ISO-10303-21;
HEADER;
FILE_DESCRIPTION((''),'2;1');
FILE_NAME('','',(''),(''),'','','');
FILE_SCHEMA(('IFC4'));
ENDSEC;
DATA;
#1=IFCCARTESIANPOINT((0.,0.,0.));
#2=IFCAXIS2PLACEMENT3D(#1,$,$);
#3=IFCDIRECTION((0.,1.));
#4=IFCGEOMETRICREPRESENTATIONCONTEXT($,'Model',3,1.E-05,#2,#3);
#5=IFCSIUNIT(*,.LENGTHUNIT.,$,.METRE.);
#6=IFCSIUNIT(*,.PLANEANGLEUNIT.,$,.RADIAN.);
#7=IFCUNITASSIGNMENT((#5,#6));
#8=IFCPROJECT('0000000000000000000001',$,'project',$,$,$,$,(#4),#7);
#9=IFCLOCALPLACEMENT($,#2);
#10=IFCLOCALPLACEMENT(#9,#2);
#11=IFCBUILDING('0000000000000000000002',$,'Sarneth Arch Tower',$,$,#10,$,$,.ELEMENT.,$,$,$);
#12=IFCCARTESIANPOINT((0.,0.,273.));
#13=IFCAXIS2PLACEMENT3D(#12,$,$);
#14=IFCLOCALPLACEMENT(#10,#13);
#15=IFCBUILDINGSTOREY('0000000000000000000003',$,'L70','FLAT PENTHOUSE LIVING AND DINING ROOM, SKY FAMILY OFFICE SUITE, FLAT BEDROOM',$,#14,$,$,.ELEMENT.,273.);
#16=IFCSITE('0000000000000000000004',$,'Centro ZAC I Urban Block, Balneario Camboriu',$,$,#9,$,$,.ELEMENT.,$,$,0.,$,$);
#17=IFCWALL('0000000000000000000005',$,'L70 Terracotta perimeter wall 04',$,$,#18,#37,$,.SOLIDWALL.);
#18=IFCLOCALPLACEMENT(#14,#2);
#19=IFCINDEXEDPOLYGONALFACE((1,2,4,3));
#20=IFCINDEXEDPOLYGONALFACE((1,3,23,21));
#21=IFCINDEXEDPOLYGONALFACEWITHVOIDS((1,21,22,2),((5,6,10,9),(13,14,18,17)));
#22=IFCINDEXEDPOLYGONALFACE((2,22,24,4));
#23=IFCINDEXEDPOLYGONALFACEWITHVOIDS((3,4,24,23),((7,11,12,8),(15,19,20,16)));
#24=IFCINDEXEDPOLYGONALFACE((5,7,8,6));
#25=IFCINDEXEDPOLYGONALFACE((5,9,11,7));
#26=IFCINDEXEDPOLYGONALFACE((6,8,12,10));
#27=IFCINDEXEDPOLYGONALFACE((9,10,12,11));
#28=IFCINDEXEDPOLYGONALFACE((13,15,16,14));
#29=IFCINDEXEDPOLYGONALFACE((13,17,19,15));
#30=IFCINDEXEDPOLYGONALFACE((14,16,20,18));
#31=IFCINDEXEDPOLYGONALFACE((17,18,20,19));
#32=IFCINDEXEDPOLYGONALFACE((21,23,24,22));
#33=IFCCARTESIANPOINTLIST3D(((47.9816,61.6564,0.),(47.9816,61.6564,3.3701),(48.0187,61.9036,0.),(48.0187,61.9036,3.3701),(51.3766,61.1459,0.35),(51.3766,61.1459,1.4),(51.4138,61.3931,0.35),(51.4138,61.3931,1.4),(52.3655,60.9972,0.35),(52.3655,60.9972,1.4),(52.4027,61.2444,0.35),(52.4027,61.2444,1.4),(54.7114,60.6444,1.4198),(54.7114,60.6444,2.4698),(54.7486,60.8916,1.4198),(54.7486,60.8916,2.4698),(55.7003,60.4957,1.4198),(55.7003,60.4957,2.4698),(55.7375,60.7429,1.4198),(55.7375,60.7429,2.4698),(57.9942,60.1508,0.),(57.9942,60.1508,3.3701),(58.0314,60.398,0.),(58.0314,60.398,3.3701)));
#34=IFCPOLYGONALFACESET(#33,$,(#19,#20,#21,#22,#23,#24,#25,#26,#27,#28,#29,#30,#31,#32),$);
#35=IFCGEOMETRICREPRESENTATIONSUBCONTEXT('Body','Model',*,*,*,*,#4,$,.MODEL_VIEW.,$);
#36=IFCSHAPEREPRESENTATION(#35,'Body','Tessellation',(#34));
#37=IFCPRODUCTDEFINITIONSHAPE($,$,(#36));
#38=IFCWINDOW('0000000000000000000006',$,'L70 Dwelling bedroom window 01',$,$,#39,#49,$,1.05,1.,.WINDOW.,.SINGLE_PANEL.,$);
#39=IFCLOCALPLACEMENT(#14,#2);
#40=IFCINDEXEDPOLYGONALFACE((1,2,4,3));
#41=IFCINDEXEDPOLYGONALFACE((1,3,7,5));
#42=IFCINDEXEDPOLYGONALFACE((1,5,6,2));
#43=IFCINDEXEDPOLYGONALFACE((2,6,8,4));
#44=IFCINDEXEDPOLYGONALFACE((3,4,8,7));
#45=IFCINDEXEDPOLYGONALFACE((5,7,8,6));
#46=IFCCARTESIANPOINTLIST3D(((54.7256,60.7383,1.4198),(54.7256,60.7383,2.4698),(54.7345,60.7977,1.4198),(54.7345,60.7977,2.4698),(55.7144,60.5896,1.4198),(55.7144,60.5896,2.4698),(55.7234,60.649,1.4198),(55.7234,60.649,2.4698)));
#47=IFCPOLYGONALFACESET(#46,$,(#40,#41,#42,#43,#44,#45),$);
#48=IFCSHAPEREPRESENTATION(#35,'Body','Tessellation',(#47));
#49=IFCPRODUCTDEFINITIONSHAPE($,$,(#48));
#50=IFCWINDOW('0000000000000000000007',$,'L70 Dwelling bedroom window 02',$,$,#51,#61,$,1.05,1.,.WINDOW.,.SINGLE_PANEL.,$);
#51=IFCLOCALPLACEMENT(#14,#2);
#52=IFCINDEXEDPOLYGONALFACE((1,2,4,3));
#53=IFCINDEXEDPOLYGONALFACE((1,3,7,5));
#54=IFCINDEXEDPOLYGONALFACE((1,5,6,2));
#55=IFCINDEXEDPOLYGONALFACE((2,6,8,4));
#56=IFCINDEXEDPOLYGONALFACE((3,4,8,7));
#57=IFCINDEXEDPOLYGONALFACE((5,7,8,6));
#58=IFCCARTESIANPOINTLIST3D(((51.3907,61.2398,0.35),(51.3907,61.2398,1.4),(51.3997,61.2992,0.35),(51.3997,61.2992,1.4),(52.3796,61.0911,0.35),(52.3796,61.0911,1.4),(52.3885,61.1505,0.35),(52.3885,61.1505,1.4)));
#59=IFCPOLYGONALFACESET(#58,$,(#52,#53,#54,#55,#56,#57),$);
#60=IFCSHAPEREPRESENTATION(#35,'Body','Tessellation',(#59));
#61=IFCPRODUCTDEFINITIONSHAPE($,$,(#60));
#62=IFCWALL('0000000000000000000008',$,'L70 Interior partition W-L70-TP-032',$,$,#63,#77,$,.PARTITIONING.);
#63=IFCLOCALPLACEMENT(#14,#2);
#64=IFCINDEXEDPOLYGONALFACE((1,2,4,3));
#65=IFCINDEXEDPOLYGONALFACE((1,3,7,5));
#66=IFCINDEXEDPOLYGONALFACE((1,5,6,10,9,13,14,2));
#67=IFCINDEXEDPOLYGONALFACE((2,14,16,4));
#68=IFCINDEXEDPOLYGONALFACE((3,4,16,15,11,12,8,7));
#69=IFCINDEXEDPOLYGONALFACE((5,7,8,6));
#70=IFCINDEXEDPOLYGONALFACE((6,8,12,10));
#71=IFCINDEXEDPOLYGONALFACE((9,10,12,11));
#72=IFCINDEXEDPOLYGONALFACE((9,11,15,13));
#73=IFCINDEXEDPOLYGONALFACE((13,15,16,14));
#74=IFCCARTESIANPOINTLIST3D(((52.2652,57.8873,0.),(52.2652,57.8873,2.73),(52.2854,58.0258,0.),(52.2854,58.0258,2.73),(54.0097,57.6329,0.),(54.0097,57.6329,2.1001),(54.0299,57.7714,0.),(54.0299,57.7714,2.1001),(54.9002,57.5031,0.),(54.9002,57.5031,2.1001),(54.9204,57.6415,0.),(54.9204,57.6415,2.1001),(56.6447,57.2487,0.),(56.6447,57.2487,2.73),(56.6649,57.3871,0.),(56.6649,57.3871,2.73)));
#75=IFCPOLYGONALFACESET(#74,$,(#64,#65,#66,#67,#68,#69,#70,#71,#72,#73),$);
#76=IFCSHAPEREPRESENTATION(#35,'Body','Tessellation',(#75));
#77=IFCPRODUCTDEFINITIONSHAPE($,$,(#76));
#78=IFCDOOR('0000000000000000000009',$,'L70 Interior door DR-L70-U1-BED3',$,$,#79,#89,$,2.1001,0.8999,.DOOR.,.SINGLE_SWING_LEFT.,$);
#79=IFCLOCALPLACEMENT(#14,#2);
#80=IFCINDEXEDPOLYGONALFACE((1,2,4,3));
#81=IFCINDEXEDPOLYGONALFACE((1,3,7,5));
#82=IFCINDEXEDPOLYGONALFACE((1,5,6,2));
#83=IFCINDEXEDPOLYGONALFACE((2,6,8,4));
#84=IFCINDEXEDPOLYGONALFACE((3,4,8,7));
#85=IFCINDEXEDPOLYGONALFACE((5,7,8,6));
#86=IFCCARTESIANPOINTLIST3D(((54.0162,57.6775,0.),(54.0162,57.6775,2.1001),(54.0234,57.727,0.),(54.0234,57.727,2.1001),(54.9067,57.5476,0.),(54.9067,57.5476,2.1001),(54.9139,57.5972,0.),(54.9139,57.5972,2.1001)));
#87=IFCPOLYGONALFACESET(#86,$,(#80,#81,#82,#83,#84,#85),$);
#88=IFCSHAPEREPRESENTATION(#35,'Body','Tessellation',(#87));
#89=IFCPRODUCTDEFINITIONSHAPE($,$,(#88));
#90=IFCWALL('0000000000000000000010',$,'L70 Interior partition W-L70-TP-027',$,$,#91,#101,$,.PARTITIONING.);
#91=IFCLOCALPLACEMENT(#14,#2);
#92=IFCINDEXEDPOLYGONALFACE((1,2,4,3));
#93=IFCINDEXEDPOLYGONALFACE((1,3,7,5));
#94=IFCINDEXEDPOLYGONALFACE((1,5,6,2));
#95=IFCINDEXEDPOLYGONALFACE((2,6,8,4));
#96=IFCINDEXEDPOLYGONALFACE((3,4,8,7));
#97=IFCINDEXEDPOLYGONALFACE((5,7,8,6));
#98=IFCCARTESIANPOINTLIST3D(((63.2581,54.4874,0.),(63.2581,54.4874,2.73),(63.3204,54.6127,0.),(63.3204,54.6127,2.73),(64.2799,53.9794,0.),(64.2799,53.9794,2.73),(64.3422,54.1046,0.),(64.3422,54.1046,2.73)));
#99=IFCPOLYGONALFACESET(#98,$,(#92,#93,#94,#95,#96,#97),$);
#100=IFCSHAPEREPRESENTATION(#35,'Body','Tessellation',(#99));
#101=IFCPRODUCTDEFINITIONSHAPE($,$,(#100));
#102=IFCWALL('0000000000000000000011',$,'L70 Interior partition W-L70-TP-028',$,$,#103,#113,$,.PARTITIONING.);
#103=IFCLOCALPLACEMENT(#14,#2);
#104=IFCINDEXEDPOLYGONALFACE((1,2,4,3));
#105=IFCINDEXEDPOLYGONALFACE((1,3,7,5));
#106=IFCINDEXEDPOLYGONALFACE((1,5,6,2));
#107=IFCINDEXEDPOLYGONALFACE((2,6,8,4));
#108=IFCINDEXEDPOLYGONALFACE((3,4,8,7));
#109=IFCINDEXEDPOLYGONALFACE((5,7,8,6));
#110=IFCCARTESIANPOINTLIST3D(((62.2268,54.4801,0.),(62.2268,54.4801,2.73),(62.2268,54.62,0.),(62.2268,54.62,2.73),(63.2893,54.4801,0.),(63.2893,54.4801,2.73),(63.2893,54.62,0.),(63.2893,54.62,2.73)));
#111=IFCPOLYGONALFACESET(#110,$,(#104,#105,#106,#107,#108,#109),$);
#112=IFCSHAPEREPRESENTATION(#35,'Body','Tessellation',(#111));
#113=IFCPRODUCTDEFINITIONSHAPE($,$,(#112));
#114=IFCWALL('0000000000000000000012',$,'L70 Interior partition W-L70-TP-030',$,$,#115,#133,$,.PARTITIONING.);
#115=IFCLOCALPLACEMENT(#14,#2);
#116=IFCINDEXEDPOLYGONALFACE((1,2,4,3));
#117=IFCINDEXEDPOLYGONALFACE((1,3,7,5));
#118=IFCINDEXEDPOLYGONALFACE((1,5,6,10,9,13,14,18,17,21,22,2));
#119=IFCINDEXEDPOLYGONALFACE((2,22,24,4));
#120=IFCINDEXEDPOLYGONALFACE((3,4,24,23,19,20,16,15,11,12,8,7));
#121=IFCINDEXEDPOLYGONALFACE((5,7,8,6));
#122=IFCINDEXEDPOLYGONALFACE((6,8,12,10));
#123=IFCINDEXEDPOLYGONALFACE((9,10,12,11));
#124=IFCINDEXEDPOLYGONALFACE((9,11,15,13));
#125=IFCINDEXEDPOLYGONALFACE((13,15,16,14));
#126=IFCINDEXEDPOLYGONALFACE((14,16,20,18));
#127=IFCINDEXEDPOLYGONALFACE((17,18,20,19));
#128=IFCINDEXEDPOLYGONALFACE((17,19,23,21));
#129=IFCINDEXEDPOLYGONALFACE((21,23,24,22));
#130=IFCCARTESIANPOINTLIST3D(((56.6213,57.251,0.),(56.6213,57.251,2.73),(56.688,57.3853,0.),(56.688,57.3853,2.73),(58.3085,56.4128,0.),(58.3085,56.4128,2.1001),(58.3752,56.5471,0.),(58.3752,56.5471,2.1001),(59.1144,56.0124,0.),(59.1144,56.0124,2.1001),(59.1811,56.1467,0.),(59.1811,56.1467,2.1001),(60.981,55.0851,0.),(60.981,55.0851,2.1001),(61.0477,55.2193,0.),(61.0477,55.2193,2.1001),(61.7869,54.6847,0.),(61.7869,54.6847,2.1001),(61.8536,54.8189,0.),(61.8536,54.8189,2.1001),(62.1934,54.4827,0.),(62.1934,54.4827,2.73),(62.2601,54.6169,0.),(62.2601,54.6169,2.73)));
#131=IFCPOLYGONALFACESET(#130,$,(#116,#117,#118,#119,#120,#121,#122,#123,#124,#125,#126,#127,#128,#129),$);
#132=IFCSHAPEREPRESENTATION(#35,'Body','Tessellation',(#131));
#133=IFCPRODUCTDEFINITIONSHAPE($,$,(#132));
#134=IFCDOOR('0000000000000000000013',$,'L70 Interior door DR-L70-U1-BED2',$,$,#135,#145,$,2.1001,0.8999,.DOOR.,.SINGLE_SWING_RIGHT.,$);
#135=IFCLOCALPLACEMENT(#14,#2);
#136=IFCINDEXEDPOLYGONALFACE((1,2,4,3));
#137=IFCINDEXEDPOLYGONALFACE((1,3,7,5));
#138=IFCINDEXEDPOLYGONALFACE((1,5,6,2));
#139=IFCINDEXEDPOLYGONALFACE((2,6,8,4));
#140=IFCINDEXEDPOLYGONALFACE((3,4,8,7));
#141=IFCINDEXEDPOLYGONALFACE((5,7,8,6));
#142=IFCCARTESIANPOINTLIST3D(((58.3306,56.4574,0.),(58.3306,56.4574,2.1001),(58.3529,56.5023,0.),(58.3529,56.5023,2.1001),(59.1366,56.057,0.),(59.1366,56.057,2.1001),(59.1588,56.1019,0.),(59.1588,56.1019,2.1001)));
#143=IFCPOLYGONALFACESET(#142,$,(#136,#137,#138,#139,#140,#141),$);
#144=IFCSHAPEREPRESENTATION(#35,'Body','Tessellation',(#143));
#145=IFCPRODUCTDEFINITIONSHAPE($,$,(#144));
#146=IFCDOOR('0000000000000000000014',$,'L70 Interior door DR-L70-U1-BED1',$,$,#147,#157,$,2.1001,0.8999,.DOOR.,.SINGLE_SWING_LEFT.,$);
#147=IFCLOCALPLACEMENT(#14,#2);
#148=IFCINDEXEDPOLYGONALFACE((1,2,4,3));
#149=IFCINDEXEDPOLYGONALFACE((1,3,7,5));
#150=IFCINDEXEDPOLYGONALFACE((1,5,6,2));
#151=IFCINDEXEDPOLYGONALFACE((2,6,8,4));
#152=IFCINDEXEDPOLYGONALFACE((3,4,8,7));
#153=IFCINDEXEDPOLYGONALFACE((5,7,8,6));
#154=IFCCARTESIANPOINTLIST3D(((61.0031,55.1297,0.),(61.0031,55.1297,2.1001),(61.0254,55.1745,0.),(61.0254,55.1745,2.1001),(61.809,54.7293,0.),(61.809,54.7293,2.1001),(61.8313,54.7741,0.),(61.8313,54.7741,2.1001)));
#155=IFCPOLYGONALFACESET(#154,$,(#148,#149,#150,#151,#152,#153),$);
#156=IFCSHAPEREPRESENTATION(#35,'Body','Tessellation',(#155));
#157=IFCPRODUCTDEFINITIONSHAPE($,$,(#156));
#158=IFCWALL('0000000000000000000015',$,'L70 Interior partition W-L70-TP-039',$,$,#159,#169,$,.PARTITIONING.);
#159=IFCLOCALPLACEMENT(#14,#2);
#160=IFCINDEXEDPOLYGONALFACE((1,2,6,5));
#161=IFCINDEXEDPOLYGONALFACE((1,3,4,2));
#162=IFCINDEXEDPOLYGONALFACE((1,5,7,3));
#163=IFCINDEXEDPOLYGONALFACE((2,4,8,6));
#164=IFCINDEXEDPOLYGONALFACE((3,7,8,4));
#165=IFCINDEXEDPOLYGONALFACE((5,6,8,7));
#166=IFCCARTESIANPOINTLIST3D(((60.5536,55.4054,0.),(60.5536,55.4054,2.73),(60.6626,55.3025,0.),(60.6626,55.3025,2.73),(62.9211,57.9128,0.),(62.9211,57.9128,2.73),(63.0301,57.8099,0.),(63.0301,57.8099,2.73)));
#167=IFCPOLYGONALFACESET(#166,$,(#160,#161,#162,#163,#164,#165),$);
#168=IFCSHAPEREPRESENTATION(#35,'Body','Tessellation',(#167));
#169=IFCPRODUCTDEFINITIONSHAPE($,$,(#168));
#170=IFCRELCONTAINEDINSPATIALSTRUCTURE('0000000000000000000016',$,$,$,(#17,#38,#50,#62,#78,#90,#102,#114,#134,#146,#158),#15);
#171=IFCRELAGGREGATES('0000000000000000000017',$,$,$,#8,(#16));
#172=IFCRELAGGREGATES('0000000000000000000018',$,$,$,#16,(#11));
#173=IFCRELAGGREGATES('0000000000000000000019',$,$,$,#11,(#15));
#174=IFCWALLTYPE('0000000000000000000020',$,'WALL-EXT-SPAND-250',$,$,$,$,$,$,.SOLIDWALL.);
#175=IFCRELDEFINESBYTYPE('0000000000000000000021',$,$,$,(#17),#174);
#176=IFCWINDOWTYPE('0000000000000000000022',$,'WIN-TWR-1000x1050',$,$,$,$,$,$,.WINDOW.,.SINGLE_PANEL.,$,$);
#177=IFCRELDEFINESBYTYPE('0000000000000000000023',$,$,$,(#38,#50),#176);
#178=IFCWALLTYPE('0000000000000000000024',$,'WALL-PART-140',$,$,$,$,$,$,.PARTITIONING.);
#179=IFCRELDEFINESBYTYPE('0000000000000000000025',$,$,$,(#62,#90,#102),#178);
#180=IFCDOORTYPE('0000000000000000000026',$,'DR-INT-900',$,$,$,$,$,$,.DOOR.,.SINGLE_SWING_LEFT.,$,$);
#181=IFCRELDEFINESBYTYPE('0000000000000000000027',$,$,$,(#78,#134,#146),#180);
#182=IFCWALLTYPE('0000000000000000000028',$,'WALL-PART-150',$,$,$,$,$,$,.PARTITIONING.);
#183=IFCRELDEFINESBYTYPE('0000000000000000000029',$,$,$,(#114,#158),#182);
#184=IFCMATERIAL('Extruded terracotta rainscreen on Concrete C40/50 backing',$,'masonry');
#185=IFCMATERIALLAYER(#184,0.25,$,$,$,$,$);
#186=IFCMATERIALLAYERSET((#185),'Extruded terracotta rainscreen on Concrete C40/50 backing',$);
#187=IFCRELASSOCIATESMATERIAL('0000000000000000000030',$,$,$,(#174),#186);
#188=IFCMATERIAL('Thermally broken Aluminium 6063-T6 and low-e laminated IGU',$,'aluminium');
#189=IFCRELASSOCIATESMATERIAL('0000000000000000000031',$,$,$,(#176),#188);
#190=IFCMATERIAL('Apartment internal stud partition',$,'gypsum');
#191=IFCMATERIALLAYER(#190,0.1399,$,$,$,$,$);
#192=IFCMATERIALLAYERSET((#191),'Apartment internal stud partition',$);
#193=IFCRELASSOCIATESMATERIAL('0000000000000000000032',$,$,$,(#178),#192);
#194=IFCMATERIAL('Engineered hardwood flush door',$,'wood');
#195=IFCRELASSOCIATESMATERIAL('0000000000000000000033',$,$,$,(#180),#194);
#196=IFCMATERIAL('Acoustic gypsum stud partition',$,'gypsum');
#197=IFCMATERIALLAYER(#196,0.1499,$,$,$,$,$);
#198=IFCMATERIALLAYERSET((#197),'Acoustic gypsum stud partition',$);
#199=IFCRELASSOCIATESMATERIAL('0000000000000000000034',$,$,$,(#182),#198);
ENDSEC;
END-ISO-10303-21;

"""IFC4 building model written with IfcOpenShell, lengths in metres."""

from ifc_helpers import new_model, si_unit, direction, frame, frame_2d, origin, place, context, subcontext, project, spatial, rectangle, extrude, material, layer, layer_set, type_object, element, fill, save


model = new_model("IFC4")

# Units and contexts
model_context = context("Model", 3, precision=1e-05, world=origin(), true_north=direction((0.0, 1.0)))
body_context = subcontext(model_context, "Body", "Model", "MODEL_VIEW")
ifc_project = project(units=[si_unit("LENGTHUNIT", "METRE"), si_unit("PLANEANGLEUNIT", "RADIAN")], contexts=[model_context])

# Site, building, storey
site_placement = place(None, origin())
site = spatial("IfcSite", under=ifc_project, at=site_placement, Name="Centro ZAC I Urban Block, Balneario Camboriu", CompositionType="ELEMENT", RefElevation=0.0)
building_placement = place(site_placement, origin())
building = spatial("IfcBuilding", under=site, at=building_placement, Name="Sarneth Arch Tower", CompositionType="ELEMENT")
storey_placement = place(building_placement, frame((0.0, 0.0, 273.0)))
storey = spatial("IfcBuildingStorey", under=building, at=storey_placement, Name="L70", Description="FLAT PENTHOUSE LIVING AND DINING ROOM, SKY FAMILY OFFICE SUITE, FLAT BEDROOM", CompositionType="ELEMENT", Elevation=273.0)

# Wall, openings, windows
ifc_material_1 = material(Name="Extruded terracotta rainscreen on Concrete C40/50 backing", Category="masonry")
ifc_layer_1 = layer(ifc_material_1, 0.25)
ifc_layer_set_1 = layer_set([ifc_layer_1], Name="Extruded terracotta rainscreen on Concrete C40/50 backing")
wall_type_1 = type_object("IfcWallType", Name="WALL-EXT-SPAND-250", PredefinedType="SOLIDWALL", material=ifc_layer_set_1)
wall_1_placement = place(storey_placement, frame((58.0127, 60.2744, 0.0), z_axis=(0.0, 0.0, 1.0), x_axis=(-0.988883, 0.148699, 0.0)))
wall_1 = element("IfcWall", 1, at=wall_1_placement, inside=storey, type_object=wall_type_1, Name="L70 Terracotta perimeter wall 04", PredefinedType="SOLIDWALL", context=body_context, shape_type="SweptSolid", body=[
    extrude(rectangle(XDim=10.1252, YDim=0.25, at=frame_2d((5.0625, 0.0))), origin(), (0.0, 0.0, 1.0), 3.3701),
])
opening_1_placement = place(wall_1_placement, frame((2.3196, 0.0, 1.4199)))
opening_1 = element("IfcOpeningElement", 2, at=opening_1_placement, cuts=wall_1, PredefinedType="OPENING", context=body_context, shape_type="SweptSolid", body=[
    extrude(rectangle(XDim=1.0, YDim=1.05, at=frame_2d((0.5, 0.5249))), frame((0.0, 0.135, 0.0), z_axis=(0.0, -1.0, 0.0), x_axis=(1.0, 0.0, 0.0)), (0.0, 0.0, 1.0), 0.27),
])
opening_2_placement = place(wall_1_placement, frame((5.6919, 0.0, 0.3501)))
opening_2 = element("IfcOpeningElement", 3, at=opening_2_placement, cuts=wall_1, PredefinedType="OPENING", context=body_context, shape_type="SweptSolid", body=[
    extrude(rectangle(XDim=1.0, YDim=1.05, at=frame_2d((0.5, 0.5249))), frame((0.0, 0.135, 0.0), z_axis=(0.0, -1.0, 0.0), x_axis=(1.0, 0.0, 0.0)), (0.0, 0.0, 1.0), 0.27),
])
ifc_material_2 = material(Name="Thermally broken Aluminium 6063-T6 and low-e laminated IGU", Category="aluminium")
window_type = type_object("IfcWindowType", Name="WIN-TWR-1000x1050", PartitioningType="SINGLE_PANEL", PredefinedType="WINDOW", material=ifc_material_2)
window_1_placement = place(opening_1_placement, origin())
window_1 = element("IfcWindow", 4, at=window_1_placement, inside=storey, type_object=window_type, Name="L70 Dwelling bedroom window 01", OverallHeight=1.05, OverallWidth=1.0, PartitioningType="SINGLE_PANEL", PredefinedType="WINDOW", context=body_context, shape_type="SweptSolid", body=[
    extrude(rectangle(XDim=1.0, YDim=1.05, at=frame_2d((0.5, 0.5249))), frame((0.0, 0.03, 0.0), z_axis=(0.0, -1.0, 0.0), x_axis=(1.0, 0.0, 0.0)), (0.0, 0.0, 1.0), 0.0601),
])
fill(opening_1, window_1)
window_2_placement = place(opening_2_placement, origin())
window_2 = element("IfcWindow", 5, at=window_2_placement, inside=storey, type_object=window_type, Name="L70 Dwelling bedroom window 02", OverallHeight=1.05, OverallWidth=1.0, PartitioningType="SINGLE_PANEL", PredefinedType="WINDOW", context=body_context, shape_type="SweptSolid", body=[
    extrude(rectangle(XDim=1.0, YDim=1.05, at=frame_2d((0.5, 0.5249))), frame((0.0, 0.03, 0.0), z_axis=(0.0, -1.0, 0.0), x_axis=(1.0, 0.0, 0.0)), (0.0, 0.0, 1.0), 0.0601),
])
fill(opening_2, window_2)

# Wall, opening, door
ifc_material_3 = material(Name="Apartment internal stud partition", Category="gypsum")
ifc_layer_2 = layer(ifc_material_3, 0.1399)
ifc_layer_set_2 = layer_set([ifc_layer_2], Name="Apartment internal stud partition")
wall_type_2 = type_object("IfcWallType", Name="WALL-PART-140", PredefinedType="PARTITIONING", material=ifc_layer_set_2)
wall_2_placement = place(storey_placement, frame((56.6548, 57.3179, 0.0), z_axis=(0.0, 0.0, 1.0), x_axis=(-0.989533, 0.144309, 0.0)))
wall_2 = element("IfcWall", 6, at=wall_2_placement, inside=storey, type_object=wall_type_2, Name="L70 Interior partition W-L70-TP-032", PredefinedType="PARTITIONING", context=body_context, shape_type="SweptSolid", body=[
    extrude(rectangle(XDim=4.4258, YDim=0.1399, at=frame_2d((2.2129, 0.0))), origin(), (0.0, 0.0, 1.0), 2.73),
])
opening_3_placement = place(wall_2_placement, frame((1.7629, 0.0, 0.0)))
opening_3 = element("IfcOpeningElement", 7, at=opening_3_placement, cuts=wall_2, PredefinedType="OPENING", context=body_context, shape_type="SweptSolid", body=[
    extrude(rectangle(XDim=0.8999, YDim=2.1001, at=frame_2d((0.45, 1.05))), frame((0.0, 0.0798, 0.0), z_axis=(0.0, -1.0, 0.0), x_axis=(1.0, 0.0, 0.0)), (0.0, 0.0, 1.0), 0.1599),
])
ifc_material_4 = material(Name="Engineered hardwood flush door", Category="wood")
door_type_1 = type_object("IfcDoorType", Name="DR-INT-900", OperationType="SINGLE_SWING_LEFT", PredefinedType="DOOR", material=ifc_material_4)
door_1_placement = place(opening_3_placement, origin())
door_1 = element("IfcDoor", 8, at=door_1_placement, inside=storey, type_object=door_type_1, Name="L70 Interior door DR-L70-U1-BED3", OperationType="SINGLE_SWING_LEFT", OverallHeight=2.1001, OverallWidth=0.8999, PredefinedType="DOOR", context=body_context, shape_type="SweptSolid", body=[
    extrude(rectangle(XDim=0.8999, YDim=2.1001, at=frame_2d((0.45, 1.05))), frame((0.0, 0.0249, 0.0), z_axis=(0.0, -1.0, 0.0), x_axis=(1.0, 0.0, 0.0)), (0.0, 0.0, 1.0), 0.05),
])
fill(opening_3, door_1)

# Walls
wall_3_placement = place(storey_placement, frame((64.311, 54.042, 0.0), z_axis=(0.0, 0.0, 1.0), x_axis=(-0.895409, 0.445244, 0.0)))
element("IfcWall", 9, at=wall_3_placement, inside=storey, type_object=wall_type_2, Name="L70 Interior partition W-L70-TP-027", PredefinedType="PARTITIONING", context=body_context, shape_type="SweptSolid", body=[
    extrude(rectangle(XDim=1.1411, YDim=0.1399, at=frame_2d((0.5706, 0.0))), origin(), (0.0, 0.0, 1.0), 2.73),
])
wall_4_placement = place(storey_placement, frame((63.2893, 54.55, 0.0), z_axis=(0.0, 0.0, 1.0), x_axis=(-1.0, 0.0, 0.0)))
element("IfcWall", 10, at=wall_4_placement, inside=storey, type_object=wall_type_2, Name="L70 Interior partition W-L70-TP-028", PredefinedType="PARTITIONING", context=body_context, shape_type="SweptSolid", body=[
    extrude(rectangle(XDim=1.0625, YDim=0.1399, at=frame_2d((0.5312, 0.0))), origin(), (0.0, 0.0, 1.0), 2.73),
])

# Wall, openings, doors
ifc_material_5 = material(Name="Acoustic gypsum stud partition", Category="gypsum")
ifc_layer_3 = layer(ifc_material_5, 0.1499)
ifc_layer_set_3 = layer_set([ifc_layer_3], Name="Acoustic gypsum stud partition")
wall_type_3 = type_object("IfcWallType", Name="WALL-PART-150", PredefinedType="PARTITIONING", material=ifc_layer_set_3)
wall_5_placement = place(storey_placement, frame((56.6548, 57.3181, 0.0), z_axis=(0.0, 0.0, 1.0), x_axis=(0.895562, -0.444936, 0.0)))
wall_5 = element("IfcWall", 11, at=wall_5_placement, inside=storey, type_object=wall_type_3, Name="L70 Interior partition W-L70-TP-030", PredefinedType="PARTITIONING", context=body_context, shape_type="SweptSolid", body=[
    extrude(rectangle(XDim=6.2219, YDim=0.1499, at=frame_2d((3.1108, 0.0))), origin(), (0.0, 0.0, 1.0), 2.73),
])
opening_4_placement = place(wall_5_placement, frame((1.8838, 0.0, 0.0)))
opening_4 = element("IfcOpeningElement", 12, at=opening_4_placement, cuts=wall_5, PredefinedType="OPENING", context=body_context, shape_type="SweptSolid", body=[
    extrude(rectangle(XDim=0.8999, YDim=2.1001, at=frame_2d((0.45, 1.05))), frame((0.0, 0.085, 0.0), z_axis=(0.0, -1.0, 0.0), x_axis=(1.0, 0.0, 0.0)), (0.0, 0.0, 1.0), 0.1699),
])
opening_5_placement = place(wall_5_placement, frame((4.8679, 0.0, 0.0)))
opening_5 = element("IfcOpeningElement", 13, at=opening_5_placement, cuts=wall_5, PredefinedType="OPENING", context=body_context, shape_type="SweptSolid", body=[
    extrude(rectangle(XDim=0.8999, YDim=2.1001, at=frame_2d((0.45, 1.05))), frame((0.0, 0.085, 0.0), z_axis=(0.0, -1.0, 0.0), x_axis=(1.0, 0.0, 0.0)), (0.0, 0.0, 1.0), 0.1699),
])
door_2_placement = place(opening_4_placement, origin())
door_2 = element("IfcDoor", 14, at=door_2_placement, inside=storey, type_object=door_type_1, Name="L70 Interior door DR-L70-U1-BED2", OperationType="SINGLE_SWING_RIGHT", OverallHeight=2.1001, OverallWidth=0.8999, PredefinedType="DOOR", context=body_context, shape_type="SweptSolid", body=[
    extrude(rectangle(XDim=0.8999, YDim=2.1001, at=frame_2d((0.45, 1.05))), frame((0.0, 0.0249, 0.0), z_axis=(0.0, -1.0, 0.0), x_axis=(1.0, 0.0, 0.0)), (0.0, 0.0, 1.0), 0.05),
])
fill(opening_4, door_2)
door_3_placement = place(opening_5_placement, origin())
door_3 = element("IfcDoor", 15, at=door_3_placement, inside=storey, type_object=door_type_1, Name="L70 Interior door DR-L70-U1-BED1", OperationType="SINGLE_SWING_LEFT", OverallHeight=2.1001, OverallWidth=0.8999, PredefinedType="DOOR", context=body_context, shape_type="SweptSolid", body=[
    extrude(rectangle(XDim=0.8999, YDim=2.1001, at=frame_2d((0.45, 1.05))), frame((0.0, 0.0249, 0.0), z_axis=(0.0, -1.0, 0.0), x_axis=(1.0, 0.0, 0.0)), (0.0, 0.0, 1.0), 0.05),
])
fill(opening_5, door_3)

# Wall
wall_6_placement = place(storey_placement, frame((60.6082, 55.354, 0.0), z_axis=(0.0, 0.0, 1.0), x_axis=(0.686532, 0.7271, 0.0)))
element("IfcWall", 16, at=wall_6_placement, inside=storey, type_object=wall_type_3, Name="L70 Interior partition W-L70-TP-039", PredefinedType="PARTITIONING", context=body_context, shape_type="SweptSolid", body=[
    extrude(rectangle(XDim=3.4485, YDim=0.1499, at=frame_2d((1.7241, 0.0))), origin(), (0.0, 0.0, 1.0), 2.73),
])

save(model, "model.ifc")
